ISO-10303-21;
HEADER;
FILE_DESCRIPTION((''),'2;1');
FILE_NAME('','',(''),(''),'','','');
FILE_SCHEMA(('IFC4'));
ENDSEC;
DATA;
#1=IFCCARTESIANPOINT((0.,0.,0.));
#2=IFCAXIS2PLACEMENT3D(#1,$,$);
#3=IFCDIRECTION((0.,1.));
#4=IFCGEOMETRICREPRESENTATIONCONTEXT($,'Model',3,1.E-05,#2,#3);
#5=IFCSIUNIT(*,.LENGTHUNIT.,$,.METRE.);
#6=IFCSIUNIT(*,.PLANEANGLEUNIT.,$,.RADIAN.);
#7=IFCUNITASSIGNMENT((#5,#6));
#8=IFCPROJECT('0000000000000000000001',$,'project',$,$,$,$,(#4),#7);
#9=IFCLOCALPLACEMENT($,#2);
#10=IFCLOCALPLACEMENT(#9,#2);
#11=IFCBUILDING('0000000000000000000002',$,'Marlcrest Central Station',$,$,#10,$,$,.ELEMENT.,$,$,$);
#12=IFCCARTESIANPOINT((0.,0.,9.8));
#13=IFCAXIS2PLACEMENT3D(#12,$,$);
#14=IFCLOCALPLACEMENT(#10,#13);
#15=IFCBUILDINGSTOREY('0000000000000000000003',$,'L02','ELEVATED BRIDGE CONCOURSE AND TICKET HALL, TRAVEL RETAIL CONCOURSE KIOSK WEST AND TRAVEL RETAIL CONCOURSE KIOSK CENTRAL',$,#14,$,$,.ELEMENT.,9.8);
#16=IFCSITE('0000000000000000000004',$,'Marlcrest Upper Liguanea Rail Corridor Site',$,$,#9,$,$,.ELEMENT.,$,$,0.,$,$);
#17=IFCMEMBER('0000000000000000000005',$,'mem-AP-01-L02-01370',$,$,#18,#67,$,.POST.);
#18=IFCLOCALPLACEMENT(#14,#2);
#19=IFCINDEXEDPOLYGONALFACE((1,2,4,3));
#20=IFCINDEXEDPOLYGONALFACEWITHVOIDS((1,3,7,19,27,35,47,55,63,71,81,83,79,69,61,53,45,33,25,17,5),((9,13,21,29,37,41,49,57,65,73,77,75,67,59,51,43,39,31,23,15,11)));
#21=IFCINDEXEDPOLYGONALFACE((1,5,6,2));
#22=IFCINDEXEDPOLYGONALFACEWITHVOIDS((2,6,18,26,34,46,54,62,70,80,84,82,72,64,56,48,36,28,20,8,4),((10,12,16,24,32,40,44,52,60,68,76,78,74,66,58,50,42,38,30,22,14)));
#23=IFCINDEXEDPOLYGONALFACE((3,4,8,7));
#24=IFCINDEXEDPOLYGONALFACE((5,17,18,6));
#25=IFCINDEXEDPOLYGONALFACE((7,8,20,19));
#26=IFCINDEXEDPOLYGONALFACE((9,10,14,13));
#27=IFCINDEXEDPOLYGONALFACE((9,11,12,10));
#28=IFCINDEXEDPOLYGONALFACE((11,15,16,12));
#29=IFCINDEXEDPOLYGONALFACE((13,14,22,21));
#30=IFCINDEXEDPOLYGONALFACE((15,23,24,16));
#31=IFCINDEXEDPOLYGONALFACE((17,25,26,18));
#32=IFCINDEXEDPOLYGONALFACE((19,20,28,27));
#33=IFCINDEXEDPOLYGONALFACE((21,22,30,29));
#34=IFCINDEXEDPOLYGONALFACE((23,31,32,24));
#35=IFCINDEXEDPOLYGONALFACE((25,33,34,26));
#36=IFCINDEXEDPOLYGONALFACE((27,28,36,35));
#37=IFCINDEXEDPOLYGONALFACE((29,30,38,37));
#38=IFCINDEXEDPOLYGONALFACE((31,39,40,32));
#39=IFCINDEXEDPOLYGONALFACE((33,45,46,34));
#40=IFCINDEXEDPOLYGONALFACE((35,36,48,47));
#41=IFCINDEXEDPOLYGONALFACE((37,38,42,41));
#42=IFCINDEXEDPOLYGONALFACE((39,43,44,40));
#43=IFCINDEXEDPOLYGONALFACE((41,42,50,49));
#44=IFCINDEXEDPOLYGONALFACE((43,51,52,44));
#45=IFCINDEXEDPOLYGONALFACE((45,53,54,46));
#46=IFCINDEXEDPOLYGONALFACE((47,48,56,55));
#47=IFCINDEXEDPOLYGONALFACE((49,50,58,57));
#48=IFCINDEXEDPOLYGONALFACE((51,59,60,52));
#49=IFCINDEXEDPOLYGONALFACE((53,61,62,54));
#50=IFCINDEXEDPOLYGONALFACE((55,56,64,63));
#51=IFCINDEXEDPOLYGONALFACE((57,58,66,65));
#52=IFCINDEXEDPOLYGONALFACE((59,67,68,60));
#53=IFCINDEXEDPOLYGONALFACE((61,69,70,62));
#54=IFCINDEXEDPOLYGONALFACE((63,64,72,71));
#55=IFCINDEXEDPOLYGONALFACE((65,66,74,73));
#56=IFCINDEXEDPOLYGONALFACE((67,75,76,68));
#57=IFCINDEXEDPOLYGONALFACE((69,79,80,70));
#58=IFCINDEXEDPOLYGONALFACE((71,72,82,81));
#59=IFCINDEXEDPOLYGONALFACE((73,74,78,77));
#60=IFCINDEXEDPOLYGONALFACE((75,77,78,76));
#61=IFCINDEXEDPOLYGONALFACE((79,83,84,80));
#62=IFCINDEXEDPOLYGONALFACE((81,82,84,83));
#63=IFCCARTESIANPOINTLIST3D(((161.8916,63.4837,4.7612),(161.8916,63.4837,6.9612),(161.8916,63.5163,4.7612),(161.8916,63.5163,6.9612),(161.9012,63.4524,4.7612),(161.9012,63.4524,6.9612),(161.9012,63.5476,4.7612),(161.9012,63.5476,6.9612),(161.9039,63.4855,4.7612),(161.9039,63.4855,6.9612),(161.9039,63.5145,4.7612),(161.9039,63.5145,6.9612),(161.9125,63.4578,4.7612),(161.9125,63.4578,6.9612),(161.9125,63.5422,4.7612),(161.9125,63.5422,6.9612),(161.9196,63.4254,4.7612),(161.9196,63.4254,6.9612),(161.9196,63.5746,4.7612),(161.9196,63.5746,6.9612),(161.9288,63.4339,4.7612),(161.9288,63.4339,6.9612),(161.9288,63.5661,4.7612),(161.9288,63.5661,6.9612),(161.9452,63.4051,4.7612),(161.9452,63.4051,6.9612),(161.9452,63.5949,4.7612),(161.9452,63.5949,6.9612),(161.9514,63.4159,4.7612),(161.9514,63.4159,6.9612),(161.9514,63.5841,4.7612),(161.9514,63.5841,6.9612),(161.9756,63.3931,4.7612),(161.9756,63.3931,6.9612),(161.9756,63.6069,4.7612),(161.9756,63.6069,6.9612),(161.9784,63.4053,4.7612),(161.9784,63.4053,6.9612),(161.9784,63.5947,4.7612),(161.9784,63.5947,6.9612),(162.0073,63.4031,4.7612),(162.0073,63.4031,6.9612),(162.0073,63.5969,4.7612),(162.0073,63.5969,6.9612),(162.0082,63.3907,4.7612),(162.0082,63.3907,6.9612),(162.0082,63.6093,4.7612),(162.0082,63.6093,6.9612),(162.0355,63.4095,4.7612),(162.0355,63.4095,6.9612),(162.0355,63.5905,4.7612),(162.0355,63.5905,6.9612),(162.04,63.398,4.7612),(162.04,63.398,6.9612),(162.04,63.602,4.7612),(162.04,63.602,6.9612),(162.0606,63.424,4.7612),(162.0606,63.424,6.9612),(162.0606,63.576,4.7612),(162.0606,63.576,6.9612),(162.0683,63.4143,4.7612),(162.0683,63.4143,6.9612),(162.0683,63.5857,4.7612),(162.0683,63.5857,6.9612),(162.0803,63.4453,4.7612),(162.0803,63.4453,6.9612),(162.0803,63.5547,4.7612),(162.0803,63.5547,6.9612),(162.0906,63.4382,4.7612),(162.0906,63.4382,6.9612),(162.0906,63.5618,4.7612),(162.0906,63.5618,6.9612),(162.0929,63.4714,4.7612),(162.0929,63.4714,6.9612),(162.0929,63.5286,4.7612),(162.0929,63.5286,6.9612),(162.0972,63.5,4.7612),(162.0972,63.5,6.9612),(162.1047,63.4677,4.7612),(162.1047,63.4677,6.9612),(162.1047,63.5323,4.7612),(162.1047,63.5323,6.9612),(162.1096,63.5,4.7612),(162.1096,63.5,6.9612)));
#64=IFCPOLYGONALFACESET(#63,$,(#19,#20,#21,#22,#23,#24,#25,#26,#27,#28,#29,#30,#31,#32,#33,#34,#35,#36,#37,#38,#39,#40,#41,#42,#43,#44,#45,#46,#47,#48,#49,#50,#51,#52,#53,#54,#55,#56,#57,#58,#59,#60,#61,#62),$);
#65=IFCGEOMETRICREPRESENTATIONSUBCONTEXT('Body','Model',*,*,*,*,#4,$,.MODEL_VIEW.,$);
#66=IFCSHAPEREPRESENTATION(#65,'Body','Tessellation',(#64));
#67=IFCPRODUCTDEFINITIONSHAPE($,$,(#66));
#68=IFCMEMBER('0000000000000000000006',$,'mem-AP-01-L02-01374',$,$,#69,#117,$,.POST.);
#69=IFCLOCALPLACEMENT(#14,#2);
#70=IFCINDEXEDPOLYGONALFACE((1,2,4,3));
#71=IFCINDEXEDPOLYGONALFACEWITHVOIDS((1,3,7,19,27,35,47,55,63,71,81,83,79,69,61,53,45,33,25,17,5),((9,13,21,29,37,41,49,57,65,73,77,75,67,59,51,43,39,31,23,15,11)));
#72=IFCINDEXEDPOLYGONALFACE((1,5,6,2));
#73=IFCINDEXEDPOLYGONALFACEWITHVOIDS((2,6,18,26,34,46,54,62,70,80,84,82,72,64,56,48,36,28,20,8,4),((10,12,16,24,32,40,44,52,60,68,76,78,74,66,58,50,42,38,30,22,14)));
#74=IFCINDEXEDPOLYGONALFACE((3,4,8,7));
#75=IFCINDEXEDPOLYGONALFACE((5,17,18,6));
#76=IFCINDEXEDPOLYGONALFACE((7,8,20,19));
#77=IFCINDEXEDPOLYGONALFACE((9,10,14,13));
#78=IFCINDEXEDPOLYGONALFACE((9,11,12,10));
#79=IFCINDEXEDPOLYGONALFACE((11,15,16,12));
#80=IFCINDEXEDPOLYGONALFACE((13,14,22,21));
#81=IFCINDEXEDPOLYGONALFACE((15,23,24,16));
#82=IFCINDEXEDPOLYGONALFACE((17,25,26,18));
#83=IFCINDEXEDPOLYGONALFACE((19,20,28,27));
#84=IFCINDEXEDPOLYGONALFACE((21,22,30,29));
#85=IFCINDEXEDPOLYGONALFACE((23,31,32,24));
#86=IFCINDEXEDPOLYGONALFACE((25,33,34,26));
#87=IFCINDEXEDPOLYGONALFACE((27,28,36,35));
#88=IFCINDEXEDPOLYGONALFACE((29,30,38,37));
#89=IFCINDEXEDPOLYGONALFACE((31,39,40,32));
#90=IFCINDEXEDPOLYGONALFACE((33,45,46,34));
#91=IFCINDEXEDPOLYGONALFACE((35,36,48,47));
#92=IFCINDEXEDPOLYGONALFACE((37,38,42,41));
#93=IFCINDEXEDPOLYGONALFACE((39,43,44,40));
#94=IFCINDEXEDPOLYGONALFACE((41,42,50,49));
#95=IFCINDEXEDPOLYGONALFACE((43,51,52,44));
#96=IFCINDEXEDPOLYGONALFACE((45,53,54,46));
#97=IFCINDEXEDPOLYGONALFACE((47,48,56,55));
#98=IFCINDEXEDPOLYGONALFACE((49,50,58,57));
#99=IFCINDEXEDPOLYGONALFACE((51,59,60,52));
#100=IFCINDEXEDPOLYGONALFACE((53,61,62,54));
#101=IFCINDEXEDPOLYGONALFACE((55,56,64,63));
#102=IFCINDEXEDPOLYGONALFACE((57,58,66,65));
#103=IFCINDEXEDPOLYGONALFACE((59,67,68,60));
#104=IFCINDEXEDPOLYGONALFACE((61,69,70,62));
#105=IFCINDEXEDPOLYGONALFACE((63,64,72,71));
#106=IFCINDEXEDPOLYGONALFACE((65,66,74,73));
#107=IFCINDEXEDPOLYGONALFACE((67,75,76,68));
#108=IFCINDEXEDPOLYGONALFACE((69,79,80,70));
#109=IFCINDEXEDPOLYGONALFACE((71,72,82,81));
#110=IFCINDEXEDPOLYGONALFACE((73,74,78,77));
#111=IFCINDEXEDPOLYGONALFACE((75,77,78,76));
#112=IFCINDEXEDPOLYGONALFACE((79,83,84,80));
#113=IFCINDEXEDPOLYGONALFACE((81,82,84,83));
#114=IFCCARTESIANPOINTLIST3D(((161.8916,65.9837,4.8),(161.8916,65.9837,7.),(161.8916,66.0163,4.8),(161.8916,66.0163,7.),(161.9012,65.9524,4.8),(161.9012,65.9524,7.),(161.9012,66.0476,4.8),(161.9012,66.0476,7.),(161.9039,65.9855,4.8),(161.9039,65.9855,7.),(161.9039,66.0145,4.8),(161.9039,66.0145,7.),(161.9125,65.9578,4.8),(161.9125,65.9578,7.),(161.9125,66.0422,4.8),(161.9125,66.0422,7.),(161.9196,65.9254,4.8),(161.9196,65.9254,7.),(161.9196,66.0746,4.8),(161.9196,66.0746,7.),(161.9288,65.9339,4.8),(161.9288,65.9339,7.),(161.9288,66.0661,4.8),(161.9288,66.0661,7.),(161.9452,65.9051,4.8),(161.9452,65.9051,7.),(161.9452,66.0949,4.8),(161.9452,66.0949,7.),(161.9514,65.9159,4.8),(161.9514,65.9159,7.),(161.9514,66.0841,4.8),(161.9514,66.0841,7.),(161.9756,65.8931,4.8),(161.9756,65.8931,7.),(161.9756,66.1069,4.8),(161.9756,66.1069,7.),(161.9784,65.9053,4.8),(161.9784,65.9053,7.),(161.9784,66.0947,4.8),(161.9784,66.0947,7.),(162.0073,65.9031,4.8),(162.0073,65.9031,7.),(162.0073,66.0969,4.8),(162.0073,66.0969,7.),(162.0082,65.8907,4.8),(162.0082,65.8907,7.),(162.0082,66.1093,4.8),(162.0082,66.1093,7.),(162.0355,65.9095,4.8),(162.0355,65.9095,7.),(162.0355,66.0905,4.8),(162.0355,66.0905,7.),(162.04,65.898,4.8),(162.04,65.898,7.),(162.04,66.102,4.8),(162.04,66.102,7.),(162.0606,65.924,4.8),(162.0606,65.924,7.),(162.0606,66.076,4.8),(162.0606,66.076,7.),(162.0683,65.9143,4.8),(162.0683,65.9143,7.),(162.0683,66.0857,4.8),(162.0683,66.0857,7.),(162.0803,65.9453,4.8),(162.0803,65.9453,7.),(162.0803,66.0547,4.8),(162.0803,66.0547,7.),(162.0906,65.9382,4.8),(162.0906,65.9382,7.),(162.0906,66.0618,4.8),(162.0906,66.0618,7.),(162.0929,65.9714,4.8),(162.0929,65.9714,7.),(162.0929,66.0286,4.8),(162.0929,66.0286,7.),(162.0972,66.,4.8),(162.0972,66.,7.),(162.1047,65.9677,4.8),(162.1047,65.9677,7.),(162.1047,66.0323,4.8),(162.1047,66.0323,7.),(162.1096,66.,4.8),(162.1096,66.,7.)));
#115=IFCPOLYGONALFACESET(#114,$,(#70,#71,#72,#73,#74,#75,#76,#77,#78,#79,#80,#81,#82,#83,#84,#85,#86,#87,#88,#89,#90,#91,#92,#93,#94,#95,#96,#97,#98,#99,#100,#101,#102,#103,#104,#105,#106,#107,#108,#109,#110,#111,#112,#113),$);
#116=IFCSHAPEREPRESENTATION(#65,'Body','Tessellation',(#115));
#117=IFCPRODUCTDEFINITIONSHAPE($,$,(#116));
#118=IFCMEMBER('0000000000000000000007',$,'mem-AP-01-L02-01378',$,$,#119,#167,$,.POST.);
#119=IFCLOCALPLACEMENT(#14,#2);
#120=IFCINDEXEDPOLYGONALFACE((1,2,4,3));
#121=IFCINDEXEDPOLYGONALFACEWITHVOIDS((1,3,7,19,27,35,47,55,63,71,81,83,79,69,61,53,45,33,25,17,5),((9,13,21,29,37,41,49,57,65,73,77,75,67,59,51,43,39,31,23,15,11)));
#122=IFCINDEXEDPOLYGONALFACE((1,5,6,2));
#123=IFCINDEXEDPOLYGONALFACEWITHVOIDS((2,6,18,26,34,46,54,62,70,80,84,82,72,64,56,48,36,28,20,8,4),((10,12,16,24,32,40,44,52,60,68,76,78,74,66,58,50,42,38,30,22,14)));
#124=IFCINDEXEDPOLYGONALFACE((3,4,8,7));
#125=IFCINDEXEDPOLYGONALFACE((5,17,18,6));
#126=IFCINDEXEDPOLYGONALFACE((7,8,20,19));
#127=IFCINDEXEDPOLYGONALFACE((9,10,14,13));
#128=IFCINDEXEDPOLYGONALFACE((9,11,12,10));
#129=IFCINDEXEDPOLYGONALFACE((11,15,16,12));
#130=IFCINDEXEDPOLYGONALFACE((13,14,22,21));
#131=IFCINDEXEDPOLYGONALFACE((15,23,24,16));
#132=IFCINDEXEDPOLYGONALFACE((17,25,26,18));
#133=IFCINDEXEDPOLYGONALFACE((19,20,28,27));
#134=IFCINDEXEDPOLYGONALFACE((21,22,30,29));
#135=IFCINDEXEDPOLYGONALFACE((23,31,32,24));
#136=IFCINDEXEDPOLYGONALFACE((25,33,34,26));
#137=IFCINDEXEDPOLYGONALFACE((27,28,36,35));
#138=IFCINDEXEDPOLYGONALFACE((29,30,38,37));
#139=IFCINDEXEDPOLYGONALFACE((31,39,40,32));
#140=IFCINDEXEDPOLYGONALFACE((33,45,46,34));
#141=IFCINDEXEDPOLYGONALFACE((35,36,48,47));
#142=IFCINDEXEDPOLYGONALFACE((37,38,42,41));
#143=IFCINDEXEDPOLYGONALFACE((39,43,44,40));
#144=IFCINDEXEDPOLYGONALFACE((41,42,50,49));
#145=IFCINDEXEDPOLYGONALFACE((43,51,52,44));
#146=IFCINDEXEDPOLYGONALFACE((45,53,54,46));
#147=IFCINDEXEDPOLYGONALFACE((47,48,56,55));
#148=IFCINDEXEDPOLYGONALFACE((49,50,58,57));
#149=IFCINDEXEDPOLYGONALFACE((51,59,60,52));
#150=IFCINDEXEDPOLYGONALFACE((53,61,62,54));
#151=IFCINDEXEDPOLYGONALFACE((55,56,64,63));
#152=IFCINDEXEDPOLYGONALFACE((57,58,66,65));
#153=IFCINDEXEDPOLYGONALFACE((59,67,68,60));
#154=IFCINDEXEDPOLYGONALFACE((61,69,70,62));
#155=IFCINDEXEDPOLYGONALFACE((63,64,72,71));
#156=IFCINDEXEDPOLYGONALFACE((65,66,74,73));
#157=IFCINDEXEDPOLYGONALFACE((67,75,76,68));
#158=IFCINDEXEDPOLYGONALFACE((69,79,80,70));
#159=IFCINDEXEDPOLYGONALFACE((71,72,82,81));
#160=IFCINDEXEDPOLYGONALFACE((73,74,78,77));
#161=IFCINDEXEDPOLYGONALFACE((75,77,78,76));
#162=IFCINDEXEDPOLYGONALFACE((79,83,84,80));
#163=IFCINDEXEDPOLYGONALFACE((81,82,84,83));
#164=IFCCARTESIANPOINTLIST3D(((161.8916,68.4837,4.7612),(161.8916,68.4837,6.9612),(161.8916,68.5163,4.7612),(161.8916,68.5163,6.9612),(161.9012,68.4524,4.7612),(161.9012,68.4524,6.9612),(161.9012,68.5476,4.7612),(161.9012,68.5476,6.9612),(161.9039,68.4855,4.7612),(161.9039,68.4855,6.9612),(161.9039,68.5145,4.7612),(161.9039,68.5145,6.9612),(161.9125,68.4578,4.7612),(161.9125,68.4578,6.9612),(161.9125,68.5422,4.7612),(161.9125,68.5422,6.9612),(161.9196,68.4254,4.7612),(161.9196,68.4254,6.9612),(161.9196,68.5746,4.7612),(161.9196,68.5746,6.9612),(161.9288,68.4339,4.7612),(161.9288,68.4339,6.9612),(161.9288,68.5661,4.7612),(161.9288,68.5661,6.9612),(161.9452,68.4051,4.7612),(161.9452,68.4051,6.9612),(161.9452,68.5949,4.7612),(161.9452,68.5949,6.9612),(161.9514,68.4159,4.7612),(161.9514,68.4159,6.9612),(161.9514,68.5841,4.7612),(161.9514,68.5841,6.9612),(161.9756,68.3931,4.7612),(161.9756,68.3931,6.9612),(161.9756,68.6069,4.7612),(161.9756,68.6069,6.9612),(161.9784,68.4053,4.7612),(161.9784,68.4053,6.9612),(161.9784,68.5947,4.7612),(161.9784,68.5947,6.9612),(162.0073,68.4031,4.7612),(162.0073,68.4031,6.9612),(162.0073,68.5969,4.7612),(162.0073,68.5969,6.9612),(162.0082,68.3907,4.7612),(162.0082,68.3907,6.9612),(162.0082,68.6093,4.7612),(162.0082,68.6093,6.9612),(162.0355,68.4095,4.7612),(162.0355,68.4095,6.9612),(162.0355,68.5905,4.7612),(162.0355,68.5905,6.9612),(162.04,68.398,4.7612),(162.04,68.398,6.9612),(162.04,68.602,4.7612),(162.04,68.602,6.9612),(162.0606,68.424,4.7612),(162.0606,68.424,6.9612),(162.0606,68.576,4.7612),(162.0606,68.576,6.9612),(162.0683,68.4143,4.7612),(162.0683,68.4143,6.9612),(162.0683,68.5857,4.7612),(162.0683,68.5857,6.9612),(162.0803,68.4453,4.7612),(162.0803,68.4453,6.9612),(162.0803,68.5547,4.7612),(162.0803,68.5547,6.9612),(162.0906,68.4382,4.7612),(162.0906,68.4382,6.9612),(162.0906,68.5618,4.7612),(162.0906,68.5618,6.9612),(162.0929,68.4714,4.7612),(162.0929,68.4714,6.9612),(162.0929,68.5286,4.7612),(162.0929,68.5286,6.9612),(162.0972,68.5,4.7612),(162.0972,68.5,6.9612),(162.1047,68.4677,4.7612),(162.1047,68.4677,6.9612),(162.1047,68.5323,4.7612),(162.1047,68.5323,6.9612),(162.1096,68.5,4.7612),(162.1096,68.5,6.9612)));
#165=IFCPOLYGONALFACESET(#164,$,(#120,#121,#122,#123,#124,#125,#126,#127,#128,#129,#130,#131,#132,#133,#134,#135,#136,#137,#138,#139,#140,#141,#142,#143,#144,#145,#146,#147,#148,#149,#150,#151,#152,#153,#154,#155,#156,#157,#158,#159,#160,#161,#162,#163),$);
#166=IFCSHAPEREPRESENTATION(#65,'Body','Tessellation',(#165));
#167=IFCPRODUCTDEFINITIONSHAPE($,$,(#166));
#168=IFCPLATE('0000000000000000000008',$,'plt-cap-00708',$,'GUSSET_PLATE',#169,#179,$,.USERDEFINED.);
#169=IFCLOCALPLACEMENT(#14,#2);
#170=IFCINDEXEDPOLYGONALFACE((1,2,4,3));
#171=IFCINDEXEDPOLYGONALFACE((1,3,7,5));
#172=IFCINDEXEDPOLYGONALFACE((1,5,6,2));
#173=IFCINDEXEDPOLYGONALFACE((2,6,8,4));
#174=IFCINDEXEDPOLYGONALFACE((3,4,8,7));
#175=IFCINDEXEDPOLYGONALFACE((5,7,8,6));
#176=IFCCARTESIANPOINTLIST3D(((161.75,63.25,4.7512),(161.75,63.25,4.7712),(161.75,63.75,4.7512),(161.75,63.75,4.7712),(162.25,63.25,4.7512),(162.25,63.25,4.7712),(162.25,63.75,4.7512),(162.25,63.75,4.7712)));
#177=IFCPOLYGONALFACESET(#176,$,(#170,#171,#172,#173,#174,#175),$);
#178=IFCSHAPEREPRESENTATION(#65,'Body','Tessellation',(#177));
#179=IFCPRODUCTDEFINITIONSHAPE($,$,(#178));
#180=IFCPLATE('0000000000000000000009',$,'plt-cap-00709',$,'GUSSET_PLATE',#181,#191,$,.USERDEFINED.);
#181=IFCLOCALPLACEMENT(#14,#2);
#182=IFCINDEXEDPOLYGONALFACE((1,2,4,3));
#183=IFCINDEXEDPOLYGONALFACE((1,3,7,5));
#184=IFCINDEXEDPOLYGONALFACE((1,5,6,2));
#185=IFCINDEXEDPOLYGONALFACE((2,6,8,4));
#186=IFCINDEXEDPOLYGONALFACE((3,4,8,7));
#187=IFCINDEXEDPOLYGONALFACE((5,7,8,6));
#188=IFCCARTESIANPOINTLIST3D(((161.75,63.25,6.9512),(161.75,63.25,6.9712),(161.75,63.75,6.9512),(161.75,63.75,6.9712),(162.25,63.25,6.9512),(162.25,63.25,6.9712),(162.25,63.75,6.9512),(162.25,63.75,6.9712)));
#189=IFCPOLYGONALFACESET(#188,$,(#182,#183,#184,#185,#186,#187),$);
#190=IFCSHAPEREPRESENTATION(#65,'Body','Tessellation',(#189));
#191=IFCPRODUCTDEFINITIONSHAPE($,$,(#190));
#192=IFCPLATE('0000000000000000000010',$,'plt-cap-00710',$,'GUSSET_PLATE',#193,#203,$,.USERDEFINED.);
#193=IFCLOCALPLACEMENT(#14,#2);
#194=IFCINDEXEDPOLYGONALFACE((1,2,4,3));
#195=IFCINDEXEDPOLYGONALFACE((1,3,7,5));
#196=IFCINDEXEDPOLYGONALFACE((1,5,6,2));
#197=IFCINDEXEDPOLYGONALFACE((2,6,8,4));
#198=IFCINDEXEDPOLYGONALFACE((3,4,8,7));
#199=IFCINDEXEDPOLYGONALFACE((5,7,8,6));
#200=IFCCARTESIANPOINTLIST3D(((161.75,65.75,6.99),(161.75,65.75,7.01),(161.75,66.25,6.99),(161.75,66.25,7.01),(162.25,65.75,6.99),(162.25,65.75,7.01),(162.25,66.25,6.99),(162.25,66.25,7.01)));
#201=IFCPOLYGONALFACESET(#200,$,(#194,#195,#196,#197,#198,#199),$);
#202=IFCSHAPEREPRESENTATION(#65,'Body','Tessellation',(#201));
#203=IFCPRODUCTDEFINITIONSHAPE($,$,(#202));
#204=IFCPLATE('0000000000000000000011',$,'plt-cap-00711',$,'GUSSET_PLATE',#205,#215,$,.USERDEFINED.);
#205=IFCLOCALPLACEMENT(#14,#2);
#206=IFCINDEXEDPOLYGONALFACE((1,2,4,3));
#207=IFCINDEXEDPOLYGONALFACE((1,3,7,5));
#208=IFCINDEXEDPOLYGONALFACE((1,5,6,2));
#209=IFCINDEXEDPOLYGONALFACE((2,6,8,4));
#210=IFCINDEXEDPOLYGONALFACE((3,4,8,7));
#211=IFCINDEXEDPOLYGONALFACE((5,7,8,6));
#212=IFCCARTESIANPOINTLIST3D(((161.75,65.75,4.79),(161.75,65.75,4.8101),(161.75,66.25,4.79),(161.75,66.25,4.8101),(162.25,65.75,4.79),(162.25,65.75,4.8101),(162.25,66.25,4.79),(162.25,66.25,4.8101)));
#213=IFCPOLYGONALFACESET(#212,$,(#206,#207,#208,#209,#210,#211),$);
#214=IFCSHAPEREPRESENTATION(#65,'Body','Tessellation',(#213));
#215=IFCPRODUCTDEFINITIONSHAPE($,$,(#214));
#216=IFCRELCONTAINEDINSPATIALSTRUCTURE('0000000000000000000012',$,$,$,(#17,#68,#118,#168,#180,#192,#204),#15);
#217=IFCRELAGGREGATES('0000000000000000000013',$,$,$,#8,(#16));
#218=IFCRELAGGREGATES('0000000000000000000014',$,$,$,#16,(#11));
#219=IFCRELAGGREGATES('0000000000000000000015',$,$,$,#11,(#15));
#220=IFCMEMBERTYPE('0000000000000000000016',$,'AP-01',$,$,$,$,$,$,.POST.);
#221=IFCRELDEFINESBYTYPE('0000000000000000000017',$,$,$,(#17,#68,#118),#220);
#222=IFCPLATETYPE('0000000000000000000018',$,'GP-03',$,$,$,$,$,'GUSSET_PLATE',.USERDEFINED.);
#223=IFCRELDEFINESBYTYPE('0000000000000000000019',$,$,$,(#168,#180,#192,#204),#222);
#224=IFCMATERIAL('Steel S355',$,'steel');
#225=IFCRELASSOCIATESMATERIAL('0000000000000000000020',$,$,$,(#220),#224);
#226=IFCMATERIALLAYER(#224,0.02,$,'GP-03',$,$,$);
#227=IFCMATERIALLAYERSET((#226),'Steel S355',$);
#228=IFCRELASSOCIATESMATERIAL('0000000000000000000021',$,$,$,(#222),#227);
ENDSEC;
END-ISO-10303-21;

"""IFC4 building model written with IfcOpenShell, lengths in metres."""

from ifc_helpers import new_model, si_unit, direction, frame, origin, origin_2d, place, context, subcontext, project, spatial, rectangle, hollow_circle, extrude, material, layer, layer_set, material_profile, profile_set, type_object, element, save


model = new_model("IFC4")

# Units and contexts
model_context = context("Model", 3, precision=1e-05, world=origin(), true_north=direction((0.0, 1.0)))
body_context = subcontext(model_context, "Body", "Model", "MODEL_VIEW")
ifc_project = project(units=[si_unit("LENGTHUNIT", "METRE"), si_unit("PLANEANGLEUNIT", "RADIAN")], contexts=[model_context])

# Site, building, storey
site_placement = place(None, origin())
site = spatial("IfcSite", under=ifc_project, at=site_placement, Name="Marlcrest Upper Liguanea Rail Corridor Site", CompositionType="ELEMENT", RefElevation=0.0)
building_placement = place(site_placement, origin())
building = spatial("IfcBuilding", under=site, at=building_placement, Name="Marlcrest Central Station", CompositionType="ELEMENT")
storey_placement = place(building_placement, frame((0.0, 0.0, 9.8)))
storey = spatial("IfcBuildingStorey", under=building, at=storey_placement, Name="L02", Description="ELEVATED BRIDGE CONCOURSE AND TICKET HALL, TRAVEL RETAIL CONCOURSE KIOSK WEST AND TRAVEL RETAIL CONCOURSE KIOSK CENTRAL", CompositionType="ELEMENT", Elevation=9.8)

# Members
ifc_material = material(Name="Steel S355", Category="steel")
ifc_material_profile_1 = material_profile(ifc_material, hollow_circle(Radius=0.1096, WallThickness=0.0125, at=origin_2d()), Name="CHS 219.1x12.5")
ifc_profile_set_1 = profile_set([ifc_material_profile_1], Name="Steel S355")
member_type_1 = type_object("IfcMemberType", Name="AP-01", PredefinedType="POST", material=ifc_profile_set_1)
for number, where, z_axis, x_axis, name in (
    (1, (162.0, 63.5, 4.7612), (0.0, 0.0, 1.0), (1.0, 0.0, 0.0), "mem-AP-01-L02-01370"),
    (2, (162.0, 66.0, 4.8), (0.0, 0.0, 1.0), (1.0, 0.0, 0.0), "mem-AP-01-L02-01374"),
    (3, (162.0, 68.5, 4.7612), (0.0, 0.0, 1.0), (1.0, 0.0, 0.0), "mem-AP-01-L02-01378"),
):
    element("IfcMember", number, at=place(storey_placement, frame(where, z_axis=z_axis, x_axis=x_axis)), inside=storey, type_object=member_type_1, Name=name, PredefinedType="POST", context=body_context, shape_type="SweptSolid", body=[
        extrude(hollow_circle(Radius=0.1096, WallThickness=0.0125, at=origin_2d()), origin(), (0.0, 0.0, 1.0), 2.2),
    ])

# Plates
ifc_layer = layer(ifc_material, 0.02, Name="GP-03")
ifc_layer_set = layer_set([ifc_layer], Name="Steel S355")
plate_type = type_object("IfcPlateType", Name="GP-03", ElementType="GUSSET_PLATE", PredefinedType="USERDEFINED", material=ifc_layer_set)
for number, where, z_axis, x_axis, name in (
    (4, (162.0, 63.5, 4.7512), (0.0, 0.0, 1.0), (1.0, 0.0, 0.0), "plt-cap-00708"),
    (5, (162.0, 63.5, 6.9512), (0.0, 0.0, 1.0), (1.0, 0.0, 0.0), "plt-cap-00709"),
    (6, (162.0, 66.0, 6.99), (0.0, 0.0, 1.0), (1.0, 0.0, 0.0), "plt-cap-00710"),
    (7, (162.0, 66.0, 4.79), (0.0, 0.0, 1.0), (1.0, 0.0, 0.0), "plt-cap-00711"),
):
    element("IfcPlate", number, at=place(storey_placement, frame(where, z_axis=z_axis, x_axis=x_axis)), inside=storey, type_object=plate_type, Name=name, ObjectType="GUSSET_PLATE", PredefinedType="USERDEFINED", context=body_context, shape_type="SweptSolid", body=[
        extrude(rectangle(XDim=0.5, YDim=0.5, at=origin_2d()), origin(), (0.0, 0.0, 1.0), 0.02),
    ])

save(model, "model.ifc")
